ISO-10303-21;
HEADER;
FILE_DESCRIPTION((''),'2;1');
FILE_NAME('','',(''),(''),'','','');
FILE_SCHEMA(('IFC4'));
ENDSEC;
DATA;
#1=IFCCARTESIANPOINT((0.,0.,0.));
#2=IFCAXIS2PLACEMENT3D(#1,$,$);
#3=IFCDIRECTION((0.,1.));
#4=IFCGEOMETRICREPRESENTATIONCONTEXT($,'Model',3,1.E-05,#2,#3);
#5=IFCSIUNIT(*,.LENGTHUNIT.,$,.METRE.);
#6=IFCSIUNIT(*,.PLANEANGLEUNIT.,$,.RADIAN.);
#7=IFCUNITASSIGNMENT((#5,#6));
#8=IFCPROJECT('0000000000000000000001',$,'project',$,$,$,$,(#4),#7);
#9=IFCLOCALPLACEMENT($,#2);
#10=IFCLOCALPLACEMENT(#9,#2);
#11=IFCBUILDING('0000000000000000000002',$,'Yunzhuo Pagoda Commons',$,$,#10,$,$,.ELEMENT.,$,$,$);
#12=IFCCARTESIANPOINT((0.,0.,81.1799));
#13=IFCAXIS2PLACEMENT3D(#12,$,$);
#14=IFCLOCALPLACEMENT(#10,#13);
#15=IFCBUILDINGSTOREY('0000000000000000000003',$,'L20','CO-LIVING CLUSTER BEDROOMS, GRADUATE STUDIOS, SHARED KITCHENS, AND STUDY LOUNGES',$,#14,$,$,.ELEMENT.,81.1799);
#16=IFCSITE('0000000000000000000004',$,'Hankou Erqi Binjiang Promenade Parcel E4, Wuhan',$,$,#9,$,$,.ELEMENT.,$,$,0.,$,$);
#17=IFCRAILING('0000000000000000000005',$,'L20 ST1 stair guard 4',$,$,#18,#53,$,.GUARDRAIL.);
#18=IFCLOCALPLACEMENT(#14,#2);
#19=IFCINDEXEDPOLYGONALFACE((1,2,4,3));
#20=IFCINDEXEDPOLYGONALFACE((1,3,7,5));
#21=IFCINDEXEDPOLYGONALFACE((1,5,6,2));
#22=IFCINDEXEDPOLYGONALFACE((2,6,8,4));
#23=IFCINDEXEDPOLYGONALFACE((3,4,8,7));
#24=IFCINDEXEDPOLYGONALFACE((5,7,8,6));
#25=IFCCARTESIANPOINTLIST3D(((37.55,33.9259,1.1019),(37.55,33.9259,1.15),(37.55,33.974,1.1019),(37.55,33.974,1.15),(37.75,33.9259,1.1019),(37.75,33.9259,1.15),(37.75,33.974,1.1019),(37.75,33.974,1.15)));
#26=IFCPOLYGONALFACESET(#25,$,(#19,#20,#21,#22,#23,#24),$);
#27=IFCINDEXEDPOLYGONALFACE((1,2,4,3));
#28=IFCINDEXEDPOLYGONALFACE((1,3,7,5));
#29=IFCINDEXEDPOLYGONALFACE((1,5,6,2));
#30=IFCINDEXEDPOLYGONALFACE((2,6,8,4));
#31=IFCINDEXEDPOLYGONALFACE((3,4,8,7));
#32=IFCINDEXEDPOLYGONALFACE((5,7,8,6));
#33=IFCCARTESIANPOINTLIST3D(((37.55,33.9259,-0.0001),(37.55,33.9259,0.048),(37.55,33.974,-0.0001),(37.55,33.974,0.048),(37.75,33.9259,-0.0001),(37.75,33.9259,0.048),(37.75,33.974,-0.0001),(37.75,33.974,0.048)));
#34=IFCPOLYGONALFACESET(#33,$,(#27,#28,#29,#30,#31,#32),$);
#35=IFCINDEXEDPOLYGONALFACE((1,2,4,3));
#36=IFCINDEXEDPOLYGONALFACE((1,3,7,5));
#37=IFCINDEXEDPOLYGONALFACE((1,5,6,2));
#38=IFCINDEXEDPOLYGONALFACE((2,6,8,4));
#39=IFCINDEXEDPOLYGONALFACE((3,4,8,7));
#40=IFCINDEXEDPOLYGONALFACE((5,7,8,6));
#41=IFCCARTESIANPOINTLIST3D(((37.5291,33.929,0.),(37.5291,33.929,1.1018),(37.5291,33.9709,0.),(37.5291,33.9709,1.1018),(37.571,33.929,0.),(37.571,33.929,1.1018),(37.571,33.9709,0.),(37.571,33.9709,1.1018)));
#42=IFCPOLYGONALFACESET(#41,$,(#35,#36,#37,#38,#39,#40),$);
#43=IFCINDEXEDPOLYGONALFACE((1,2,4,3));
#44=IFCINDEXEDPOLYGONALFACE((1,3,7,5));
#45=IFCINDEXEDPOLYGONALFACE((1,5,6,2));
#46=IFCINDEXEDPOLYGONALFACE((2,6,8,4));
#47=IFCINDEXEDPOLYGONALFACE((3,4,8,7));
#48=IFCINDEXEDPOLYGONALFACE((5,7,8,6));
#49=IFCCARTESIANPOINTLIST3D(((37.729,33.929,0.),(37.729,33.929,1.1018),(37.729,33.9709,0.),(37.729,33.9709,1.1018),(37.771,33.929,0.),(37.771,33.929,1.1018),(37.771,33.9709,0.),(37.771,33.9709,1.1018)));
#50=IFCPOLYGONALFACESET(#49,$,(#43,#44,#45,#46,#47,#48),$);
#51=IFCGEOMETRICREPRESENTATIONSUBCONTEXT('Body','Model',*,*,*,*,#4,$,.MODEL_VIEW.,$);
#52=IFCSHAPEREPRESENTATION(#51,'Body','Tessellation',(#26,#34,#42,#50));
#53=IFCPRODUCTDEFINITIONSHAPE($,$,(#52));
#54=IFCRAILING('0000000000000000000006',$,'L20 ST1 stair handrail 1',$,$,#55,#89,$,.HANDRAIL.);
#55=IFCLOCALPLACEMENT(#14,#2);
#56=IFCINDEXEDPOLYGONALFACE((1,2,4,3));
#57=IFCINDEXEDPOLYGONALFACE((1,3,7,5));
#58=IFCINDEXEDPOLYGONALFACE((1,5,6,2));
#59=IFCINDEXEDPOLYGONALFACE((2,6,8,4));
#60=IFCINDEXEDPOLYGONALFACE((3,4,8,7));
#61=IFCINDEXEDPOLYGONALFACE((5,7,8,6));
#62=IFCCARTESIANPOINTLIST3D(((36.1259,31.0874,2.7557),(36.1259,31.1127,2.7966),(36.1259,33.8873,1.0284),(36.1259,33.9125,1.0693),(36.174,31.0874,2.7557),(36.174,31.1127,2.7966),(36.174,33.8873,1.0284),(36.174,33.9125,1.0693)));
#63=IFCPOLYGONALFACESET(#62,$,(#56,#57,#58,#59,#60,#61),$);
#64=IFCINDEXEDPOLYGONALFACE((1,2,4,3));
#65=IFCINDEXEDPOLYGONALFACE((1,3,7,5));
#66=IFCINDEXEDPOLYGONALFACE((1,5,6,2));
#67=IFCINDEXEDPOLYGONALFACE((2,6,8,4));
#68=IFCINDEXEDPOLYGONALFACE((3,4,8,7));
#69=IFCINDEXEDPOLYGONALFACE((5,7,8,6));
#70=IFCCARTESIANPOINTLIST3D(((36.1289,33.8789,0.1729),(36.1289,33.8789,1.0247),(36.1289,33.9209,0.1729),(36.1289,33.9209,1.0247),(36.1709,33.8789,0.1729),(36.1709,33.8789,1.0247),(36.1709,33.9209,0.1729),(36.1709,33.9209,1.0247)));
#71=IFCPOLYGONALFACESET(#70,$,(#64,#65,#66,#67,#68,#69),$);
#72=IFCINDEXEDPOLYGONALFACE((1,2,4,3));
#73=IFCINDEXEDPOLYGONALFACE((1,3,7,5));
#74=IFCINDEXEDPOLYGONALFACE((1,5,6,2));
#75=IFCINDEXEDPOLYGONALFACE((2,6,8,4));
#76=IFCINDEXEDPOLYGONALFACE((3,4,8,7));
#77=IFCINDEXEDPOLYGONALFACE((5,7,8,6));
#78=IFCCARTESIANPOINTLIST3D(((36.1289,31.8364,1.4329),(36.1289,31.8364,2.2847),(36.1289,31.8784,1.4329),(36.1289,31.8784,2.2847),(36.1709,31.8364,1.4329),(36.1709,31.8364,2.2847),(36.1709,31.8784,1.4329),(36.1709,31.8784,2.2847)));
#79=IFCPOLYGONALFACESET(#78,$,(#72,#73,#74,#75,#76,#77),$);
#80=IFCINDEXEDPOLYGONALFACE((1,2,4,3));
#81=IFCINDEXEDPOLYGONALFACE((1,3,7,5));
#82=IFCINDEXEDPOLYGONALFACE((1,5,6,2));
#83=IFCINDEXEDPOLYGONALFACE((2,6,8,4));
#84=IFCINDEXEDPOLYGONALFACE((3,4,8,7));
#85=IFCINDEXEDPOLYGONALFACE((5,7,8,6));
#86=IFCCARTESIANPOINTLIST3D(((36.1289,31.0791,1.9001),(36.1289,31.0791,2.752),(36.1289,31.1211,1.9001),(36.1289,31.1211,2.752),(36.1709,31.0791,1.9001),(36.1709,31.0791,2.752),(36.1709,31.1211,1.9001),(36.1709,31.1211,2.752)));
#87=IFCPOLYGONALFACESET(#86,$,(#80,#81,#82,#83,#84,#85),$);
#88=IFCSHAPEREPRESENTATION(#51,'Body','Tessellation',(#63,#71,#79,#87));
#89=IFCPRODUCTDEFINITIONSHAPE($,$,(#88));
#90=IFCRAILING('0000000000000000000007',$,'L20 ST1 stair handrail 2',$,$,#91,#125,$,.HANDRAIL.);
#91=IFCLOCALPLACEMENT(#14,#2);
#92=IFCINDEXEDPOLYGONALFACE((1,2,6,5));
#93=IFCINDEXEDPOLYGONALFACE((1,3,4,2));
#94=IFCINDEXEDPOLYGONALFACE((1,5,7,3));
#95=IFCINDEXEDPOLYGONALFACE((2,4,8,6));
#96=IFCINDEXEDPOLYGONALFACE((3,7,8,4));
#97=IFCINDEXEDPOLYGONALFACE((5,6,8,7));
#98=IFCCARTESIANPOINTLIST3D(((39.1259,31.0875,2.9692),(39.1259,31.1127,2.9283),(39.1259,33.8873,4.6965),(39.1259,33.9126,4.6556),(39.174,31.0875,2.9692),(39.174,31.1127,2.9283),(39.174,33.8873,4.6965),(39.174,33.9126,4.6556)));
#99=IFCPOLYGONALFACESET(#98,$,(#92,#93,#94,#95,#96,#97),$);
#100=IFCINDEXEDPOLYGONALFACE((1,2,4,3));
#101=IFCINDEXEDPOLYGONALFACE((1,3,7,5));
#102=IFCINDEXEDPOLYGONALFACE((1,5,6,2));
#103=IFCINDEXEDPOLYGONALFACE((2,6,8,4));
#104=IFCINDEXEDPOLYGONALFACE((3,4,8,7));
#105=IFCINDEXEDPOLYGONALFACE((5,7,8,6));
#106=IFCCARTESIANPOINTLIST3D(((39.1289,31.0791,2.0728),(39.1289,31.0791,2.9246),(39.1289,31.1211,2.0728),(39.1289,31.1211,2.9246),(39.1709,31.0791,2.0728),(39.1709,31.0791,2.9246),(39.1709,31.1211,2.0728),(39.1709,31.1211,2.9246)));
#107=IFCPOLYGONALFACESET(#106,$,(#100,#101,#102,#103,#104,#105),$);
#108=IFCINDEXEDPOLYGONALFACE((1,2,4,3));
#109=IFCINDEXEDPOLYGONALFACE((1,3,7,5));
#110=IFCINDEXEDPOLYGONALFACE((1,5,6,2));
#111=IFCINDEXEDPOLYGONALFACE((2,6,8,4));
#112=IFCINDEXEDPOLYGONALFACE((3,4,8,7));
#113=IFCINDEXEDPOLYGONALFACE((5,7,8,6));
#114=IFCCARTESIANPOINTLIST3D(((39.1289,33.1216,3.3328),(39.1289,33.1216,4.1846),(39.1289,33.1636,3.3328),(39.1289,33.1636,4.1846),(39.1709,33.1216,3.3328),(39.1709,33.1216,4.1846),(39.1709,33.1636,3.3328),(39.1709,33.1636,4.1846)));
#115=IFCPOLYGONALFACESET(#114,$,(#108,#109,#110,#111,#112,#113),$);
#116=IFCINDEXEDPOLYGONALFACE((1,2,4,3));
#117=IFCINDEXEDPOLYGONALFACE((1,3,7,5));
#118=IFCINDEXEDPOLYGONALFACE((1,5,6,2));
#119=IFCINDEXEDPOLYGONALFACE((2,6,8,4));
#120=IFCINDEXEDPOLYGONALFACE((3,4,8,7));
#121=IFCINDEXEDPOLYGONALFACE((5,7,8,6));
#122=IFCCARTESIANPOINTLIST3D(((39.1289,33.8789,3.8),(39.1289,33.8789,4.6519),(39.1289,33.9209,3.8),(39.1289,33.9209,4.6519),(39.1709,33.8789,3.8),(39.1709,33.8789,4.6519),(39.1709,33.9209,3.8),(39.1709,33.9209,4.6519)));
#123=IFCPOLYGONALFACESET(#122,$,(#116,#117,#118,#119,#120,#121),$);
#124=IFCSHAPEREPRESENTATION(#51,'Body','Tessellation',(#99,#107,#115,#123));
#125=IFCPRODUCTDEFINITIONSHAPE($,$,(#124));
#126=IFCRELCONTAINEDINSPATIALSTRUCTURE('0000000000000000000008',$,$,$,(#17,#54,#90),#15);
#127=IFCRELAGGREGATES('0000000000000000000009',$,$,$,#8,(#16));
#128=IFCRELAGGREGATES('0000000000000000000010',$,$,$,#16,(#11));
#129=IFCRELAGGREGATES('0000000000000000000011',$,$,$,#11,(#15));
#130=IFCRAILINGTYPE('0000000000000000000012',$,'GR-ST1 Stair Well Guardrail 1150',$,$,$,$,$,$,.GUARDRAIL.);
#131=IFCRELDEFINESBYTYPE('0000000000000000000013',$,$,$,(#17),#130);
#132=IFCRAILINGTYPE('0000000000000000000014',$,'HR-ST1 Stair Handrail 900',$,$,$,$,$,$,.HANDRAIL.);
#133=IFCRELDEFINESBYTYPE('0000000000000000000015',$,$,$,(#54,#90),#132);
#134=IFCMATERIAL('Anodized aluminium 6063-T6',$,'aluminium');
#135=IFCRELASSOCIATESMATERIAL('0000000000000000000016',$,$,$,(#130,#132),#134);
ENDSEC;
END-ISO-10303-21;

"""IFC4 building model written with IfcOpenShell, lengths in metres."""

from ifc_helpers import new_model, si_unit, direction, frame, origin, origin_2d, place, context, subcontext, project, spatial, rectangle, extrude, material, type_object, element, save


model = new_model("IFC4")

# Units and contexts
model_context = context("Model", 3, precision=1e-05, world=origin(), true_north=direction((0.0, 1.0)))
body_context = subcontext(model_context, "Body", "Model", "MODEL_VIEW")
ifc_project = project(units=[si_unit("LENGTHUNIT", "METRE"), si_unit("PLANEANGLEUNIT", "RADIAN")], contexts=[model_context])

# Site, building, storey
site_placement = place(None, origin())
site = spatial("IfcSite", under=ifc_project, at=site_placement, Name="Hankou Erqi Binjiang Promenade Parcel E4, Wuhan", CompositionType="ELEMENT", RefElevation=0.0)
building_placement = place(site_placement, origin())
building = spatial("IfcBuilding", under=site, at=building_placement, Name="Yunzhuo Pagoda Commons", CompositionType="ELEMENT")
storey_placement = place(building_placement, frame((0.0, 0.0, 81.1799)))
storey = spatial("IfcBuildingStorey", under=building, at=storey_placement, Name="L20", Description="CO-LIVING CLUSTER BEDROOMS, GRADUATE STUDIOS, SHARED KITCHENS, AND STUDY LOUNGES", CompositionType="ELEMENT", Elevation=81.1799)

# Railings
ifc_material_1 = material(Name="Anodized aluminium 6063-T6", Category="aluminium")
railing_type_1 = type_object("IfcRailingType", Name="GR-ST1 Stair Well Guardrail 1150", PredefinedType="GUARDRAIL", material=ifc_material_1)
railing_1_placement = place(storey_placement, frame((37.55, 33.95, 0.0)))
element("IfcRailing", 1, at=railing_1_placement, inside=storey, type_object=railing_type_1, Name="L20 ST1 stair guard 4", PredefinedType="GUARDRAIL", context=body_context, shape_type="SweptSolid", body=[
    extrude(rectangle(XDim=0.0481, YDim=0.0481, at=origin_2d()), frame((0.0, 0.0, 1.126), z_axis=(1.0, 0.0, 0.0), x_axis=(0.0, 1.0, 0.0)), (0.0, 0.0, 1.0), 0.2),
    extrude(rectangle(XDim=0.0481, YDim=0.0481, at=origin_2d()), frame((0.0, 0.0, 0.0239), z_axis=(1.0, 0.0, 0.0), x_axis=(0.0, 1.0, 0.0)), (0.0, 0.0, 1.0), 0.2),
    extrude(rectangle(XDim=0.042, YDim=0.042, at=origin_2d()), origin(), (0.0, 0.0, 1.0), 1.1018),
    extrude(rectangle(XDim=0.042, YDim=0.042, at=origin_2d()), frame((0.2, 0.0, 0.0)), (0.0, 0.0, 1.0), 1.1018),
])
railing_type_2 = type_object("IfcRailingType", Name="HR-ST1 Stair Handrail 900", PredefinedType="HANDRAIL", material=ifc_material_1)
railing_2_placement = place(storey_placement, frame((36.1499, 33.8999, 0.1729)))
element("IfcRailing", 2, at=railing_2_placement, inside=storey, type_object=railing_type_2, Name="L20 ST1 stair handrail 1", PredefinedType="HANDRAIL", context=body_context, shape_type="SweptSolid", body=[
    extrude(rectangle(XDim=0.0481, YDim=0.0481, at=origin_2d()), frame((0.0, 0.0, 0.876), z_axis=(0.0, -0.851069, 0.525054), x_axis=(1.0, 0.0, 0.0)), (0.0, 0.0, 1.0), 3.2898),
    extrude(rectangle(XDim=0.042, YDim=0.042, at=origin_2d()), origin(), (0.0, 0.0, 1.0), 0.8518),
    extrude(rectangle(XDim=0.042, YDim=0.042, at=origin_2d()), frame((0.0, -2.0425, 1.26)), (0.0, 0.0, 1.0), 0.8518),
    extrude(rectangle(XDim=0.042, YDim=0.042, at=origin_2d()), frame((0.0, -2.7998, 1.7273)), (0.0, 0.0, 1.0), 0.8518),
])
railing_3_placement = place(storey_placement, frame((39.1499, 31.1001, 2.0728)))
element("IfcRailing", 3, at=railing_3_placement, inside=storey, type_object=railing_type_2, Name="L20 ST1 stair handrail 2", PredefinedType="HANDRAIL", context=body_context, shape_type="SweptSolid", body=[
    extrude(rectangle(XDim=0.0481, YDim=0.0481, at=origin_2d()), frame((0.0, 0.0, 0.876), z_axis=(0.0, 0.851069, 0.525054), x_axis=(-1.0, 0.0, 0.0)), (0.0, 0.0, 1.0), 3.2898),
    extrude(rectangle(XDim=0.042, YDim=0.042, at=origin_2d()), origin(), (0.0, 0.0, 1.0), 0.8518),
    extrude(rectangle(XDim=0.042, YDim=0.042, at=origin_2d()), frame((0.0, 2.0425, 1.26)), (0.0, 0.0, 1.0), 0.8518),
    extrude(rectangle(XDim=0.042, YDim=0.042, at=origin_2d()), frame((0.0, 2.7998, 1.7273)), (0.0, 0.0, 1.0), 0.8518),
])

save(model, "model.ifc")
